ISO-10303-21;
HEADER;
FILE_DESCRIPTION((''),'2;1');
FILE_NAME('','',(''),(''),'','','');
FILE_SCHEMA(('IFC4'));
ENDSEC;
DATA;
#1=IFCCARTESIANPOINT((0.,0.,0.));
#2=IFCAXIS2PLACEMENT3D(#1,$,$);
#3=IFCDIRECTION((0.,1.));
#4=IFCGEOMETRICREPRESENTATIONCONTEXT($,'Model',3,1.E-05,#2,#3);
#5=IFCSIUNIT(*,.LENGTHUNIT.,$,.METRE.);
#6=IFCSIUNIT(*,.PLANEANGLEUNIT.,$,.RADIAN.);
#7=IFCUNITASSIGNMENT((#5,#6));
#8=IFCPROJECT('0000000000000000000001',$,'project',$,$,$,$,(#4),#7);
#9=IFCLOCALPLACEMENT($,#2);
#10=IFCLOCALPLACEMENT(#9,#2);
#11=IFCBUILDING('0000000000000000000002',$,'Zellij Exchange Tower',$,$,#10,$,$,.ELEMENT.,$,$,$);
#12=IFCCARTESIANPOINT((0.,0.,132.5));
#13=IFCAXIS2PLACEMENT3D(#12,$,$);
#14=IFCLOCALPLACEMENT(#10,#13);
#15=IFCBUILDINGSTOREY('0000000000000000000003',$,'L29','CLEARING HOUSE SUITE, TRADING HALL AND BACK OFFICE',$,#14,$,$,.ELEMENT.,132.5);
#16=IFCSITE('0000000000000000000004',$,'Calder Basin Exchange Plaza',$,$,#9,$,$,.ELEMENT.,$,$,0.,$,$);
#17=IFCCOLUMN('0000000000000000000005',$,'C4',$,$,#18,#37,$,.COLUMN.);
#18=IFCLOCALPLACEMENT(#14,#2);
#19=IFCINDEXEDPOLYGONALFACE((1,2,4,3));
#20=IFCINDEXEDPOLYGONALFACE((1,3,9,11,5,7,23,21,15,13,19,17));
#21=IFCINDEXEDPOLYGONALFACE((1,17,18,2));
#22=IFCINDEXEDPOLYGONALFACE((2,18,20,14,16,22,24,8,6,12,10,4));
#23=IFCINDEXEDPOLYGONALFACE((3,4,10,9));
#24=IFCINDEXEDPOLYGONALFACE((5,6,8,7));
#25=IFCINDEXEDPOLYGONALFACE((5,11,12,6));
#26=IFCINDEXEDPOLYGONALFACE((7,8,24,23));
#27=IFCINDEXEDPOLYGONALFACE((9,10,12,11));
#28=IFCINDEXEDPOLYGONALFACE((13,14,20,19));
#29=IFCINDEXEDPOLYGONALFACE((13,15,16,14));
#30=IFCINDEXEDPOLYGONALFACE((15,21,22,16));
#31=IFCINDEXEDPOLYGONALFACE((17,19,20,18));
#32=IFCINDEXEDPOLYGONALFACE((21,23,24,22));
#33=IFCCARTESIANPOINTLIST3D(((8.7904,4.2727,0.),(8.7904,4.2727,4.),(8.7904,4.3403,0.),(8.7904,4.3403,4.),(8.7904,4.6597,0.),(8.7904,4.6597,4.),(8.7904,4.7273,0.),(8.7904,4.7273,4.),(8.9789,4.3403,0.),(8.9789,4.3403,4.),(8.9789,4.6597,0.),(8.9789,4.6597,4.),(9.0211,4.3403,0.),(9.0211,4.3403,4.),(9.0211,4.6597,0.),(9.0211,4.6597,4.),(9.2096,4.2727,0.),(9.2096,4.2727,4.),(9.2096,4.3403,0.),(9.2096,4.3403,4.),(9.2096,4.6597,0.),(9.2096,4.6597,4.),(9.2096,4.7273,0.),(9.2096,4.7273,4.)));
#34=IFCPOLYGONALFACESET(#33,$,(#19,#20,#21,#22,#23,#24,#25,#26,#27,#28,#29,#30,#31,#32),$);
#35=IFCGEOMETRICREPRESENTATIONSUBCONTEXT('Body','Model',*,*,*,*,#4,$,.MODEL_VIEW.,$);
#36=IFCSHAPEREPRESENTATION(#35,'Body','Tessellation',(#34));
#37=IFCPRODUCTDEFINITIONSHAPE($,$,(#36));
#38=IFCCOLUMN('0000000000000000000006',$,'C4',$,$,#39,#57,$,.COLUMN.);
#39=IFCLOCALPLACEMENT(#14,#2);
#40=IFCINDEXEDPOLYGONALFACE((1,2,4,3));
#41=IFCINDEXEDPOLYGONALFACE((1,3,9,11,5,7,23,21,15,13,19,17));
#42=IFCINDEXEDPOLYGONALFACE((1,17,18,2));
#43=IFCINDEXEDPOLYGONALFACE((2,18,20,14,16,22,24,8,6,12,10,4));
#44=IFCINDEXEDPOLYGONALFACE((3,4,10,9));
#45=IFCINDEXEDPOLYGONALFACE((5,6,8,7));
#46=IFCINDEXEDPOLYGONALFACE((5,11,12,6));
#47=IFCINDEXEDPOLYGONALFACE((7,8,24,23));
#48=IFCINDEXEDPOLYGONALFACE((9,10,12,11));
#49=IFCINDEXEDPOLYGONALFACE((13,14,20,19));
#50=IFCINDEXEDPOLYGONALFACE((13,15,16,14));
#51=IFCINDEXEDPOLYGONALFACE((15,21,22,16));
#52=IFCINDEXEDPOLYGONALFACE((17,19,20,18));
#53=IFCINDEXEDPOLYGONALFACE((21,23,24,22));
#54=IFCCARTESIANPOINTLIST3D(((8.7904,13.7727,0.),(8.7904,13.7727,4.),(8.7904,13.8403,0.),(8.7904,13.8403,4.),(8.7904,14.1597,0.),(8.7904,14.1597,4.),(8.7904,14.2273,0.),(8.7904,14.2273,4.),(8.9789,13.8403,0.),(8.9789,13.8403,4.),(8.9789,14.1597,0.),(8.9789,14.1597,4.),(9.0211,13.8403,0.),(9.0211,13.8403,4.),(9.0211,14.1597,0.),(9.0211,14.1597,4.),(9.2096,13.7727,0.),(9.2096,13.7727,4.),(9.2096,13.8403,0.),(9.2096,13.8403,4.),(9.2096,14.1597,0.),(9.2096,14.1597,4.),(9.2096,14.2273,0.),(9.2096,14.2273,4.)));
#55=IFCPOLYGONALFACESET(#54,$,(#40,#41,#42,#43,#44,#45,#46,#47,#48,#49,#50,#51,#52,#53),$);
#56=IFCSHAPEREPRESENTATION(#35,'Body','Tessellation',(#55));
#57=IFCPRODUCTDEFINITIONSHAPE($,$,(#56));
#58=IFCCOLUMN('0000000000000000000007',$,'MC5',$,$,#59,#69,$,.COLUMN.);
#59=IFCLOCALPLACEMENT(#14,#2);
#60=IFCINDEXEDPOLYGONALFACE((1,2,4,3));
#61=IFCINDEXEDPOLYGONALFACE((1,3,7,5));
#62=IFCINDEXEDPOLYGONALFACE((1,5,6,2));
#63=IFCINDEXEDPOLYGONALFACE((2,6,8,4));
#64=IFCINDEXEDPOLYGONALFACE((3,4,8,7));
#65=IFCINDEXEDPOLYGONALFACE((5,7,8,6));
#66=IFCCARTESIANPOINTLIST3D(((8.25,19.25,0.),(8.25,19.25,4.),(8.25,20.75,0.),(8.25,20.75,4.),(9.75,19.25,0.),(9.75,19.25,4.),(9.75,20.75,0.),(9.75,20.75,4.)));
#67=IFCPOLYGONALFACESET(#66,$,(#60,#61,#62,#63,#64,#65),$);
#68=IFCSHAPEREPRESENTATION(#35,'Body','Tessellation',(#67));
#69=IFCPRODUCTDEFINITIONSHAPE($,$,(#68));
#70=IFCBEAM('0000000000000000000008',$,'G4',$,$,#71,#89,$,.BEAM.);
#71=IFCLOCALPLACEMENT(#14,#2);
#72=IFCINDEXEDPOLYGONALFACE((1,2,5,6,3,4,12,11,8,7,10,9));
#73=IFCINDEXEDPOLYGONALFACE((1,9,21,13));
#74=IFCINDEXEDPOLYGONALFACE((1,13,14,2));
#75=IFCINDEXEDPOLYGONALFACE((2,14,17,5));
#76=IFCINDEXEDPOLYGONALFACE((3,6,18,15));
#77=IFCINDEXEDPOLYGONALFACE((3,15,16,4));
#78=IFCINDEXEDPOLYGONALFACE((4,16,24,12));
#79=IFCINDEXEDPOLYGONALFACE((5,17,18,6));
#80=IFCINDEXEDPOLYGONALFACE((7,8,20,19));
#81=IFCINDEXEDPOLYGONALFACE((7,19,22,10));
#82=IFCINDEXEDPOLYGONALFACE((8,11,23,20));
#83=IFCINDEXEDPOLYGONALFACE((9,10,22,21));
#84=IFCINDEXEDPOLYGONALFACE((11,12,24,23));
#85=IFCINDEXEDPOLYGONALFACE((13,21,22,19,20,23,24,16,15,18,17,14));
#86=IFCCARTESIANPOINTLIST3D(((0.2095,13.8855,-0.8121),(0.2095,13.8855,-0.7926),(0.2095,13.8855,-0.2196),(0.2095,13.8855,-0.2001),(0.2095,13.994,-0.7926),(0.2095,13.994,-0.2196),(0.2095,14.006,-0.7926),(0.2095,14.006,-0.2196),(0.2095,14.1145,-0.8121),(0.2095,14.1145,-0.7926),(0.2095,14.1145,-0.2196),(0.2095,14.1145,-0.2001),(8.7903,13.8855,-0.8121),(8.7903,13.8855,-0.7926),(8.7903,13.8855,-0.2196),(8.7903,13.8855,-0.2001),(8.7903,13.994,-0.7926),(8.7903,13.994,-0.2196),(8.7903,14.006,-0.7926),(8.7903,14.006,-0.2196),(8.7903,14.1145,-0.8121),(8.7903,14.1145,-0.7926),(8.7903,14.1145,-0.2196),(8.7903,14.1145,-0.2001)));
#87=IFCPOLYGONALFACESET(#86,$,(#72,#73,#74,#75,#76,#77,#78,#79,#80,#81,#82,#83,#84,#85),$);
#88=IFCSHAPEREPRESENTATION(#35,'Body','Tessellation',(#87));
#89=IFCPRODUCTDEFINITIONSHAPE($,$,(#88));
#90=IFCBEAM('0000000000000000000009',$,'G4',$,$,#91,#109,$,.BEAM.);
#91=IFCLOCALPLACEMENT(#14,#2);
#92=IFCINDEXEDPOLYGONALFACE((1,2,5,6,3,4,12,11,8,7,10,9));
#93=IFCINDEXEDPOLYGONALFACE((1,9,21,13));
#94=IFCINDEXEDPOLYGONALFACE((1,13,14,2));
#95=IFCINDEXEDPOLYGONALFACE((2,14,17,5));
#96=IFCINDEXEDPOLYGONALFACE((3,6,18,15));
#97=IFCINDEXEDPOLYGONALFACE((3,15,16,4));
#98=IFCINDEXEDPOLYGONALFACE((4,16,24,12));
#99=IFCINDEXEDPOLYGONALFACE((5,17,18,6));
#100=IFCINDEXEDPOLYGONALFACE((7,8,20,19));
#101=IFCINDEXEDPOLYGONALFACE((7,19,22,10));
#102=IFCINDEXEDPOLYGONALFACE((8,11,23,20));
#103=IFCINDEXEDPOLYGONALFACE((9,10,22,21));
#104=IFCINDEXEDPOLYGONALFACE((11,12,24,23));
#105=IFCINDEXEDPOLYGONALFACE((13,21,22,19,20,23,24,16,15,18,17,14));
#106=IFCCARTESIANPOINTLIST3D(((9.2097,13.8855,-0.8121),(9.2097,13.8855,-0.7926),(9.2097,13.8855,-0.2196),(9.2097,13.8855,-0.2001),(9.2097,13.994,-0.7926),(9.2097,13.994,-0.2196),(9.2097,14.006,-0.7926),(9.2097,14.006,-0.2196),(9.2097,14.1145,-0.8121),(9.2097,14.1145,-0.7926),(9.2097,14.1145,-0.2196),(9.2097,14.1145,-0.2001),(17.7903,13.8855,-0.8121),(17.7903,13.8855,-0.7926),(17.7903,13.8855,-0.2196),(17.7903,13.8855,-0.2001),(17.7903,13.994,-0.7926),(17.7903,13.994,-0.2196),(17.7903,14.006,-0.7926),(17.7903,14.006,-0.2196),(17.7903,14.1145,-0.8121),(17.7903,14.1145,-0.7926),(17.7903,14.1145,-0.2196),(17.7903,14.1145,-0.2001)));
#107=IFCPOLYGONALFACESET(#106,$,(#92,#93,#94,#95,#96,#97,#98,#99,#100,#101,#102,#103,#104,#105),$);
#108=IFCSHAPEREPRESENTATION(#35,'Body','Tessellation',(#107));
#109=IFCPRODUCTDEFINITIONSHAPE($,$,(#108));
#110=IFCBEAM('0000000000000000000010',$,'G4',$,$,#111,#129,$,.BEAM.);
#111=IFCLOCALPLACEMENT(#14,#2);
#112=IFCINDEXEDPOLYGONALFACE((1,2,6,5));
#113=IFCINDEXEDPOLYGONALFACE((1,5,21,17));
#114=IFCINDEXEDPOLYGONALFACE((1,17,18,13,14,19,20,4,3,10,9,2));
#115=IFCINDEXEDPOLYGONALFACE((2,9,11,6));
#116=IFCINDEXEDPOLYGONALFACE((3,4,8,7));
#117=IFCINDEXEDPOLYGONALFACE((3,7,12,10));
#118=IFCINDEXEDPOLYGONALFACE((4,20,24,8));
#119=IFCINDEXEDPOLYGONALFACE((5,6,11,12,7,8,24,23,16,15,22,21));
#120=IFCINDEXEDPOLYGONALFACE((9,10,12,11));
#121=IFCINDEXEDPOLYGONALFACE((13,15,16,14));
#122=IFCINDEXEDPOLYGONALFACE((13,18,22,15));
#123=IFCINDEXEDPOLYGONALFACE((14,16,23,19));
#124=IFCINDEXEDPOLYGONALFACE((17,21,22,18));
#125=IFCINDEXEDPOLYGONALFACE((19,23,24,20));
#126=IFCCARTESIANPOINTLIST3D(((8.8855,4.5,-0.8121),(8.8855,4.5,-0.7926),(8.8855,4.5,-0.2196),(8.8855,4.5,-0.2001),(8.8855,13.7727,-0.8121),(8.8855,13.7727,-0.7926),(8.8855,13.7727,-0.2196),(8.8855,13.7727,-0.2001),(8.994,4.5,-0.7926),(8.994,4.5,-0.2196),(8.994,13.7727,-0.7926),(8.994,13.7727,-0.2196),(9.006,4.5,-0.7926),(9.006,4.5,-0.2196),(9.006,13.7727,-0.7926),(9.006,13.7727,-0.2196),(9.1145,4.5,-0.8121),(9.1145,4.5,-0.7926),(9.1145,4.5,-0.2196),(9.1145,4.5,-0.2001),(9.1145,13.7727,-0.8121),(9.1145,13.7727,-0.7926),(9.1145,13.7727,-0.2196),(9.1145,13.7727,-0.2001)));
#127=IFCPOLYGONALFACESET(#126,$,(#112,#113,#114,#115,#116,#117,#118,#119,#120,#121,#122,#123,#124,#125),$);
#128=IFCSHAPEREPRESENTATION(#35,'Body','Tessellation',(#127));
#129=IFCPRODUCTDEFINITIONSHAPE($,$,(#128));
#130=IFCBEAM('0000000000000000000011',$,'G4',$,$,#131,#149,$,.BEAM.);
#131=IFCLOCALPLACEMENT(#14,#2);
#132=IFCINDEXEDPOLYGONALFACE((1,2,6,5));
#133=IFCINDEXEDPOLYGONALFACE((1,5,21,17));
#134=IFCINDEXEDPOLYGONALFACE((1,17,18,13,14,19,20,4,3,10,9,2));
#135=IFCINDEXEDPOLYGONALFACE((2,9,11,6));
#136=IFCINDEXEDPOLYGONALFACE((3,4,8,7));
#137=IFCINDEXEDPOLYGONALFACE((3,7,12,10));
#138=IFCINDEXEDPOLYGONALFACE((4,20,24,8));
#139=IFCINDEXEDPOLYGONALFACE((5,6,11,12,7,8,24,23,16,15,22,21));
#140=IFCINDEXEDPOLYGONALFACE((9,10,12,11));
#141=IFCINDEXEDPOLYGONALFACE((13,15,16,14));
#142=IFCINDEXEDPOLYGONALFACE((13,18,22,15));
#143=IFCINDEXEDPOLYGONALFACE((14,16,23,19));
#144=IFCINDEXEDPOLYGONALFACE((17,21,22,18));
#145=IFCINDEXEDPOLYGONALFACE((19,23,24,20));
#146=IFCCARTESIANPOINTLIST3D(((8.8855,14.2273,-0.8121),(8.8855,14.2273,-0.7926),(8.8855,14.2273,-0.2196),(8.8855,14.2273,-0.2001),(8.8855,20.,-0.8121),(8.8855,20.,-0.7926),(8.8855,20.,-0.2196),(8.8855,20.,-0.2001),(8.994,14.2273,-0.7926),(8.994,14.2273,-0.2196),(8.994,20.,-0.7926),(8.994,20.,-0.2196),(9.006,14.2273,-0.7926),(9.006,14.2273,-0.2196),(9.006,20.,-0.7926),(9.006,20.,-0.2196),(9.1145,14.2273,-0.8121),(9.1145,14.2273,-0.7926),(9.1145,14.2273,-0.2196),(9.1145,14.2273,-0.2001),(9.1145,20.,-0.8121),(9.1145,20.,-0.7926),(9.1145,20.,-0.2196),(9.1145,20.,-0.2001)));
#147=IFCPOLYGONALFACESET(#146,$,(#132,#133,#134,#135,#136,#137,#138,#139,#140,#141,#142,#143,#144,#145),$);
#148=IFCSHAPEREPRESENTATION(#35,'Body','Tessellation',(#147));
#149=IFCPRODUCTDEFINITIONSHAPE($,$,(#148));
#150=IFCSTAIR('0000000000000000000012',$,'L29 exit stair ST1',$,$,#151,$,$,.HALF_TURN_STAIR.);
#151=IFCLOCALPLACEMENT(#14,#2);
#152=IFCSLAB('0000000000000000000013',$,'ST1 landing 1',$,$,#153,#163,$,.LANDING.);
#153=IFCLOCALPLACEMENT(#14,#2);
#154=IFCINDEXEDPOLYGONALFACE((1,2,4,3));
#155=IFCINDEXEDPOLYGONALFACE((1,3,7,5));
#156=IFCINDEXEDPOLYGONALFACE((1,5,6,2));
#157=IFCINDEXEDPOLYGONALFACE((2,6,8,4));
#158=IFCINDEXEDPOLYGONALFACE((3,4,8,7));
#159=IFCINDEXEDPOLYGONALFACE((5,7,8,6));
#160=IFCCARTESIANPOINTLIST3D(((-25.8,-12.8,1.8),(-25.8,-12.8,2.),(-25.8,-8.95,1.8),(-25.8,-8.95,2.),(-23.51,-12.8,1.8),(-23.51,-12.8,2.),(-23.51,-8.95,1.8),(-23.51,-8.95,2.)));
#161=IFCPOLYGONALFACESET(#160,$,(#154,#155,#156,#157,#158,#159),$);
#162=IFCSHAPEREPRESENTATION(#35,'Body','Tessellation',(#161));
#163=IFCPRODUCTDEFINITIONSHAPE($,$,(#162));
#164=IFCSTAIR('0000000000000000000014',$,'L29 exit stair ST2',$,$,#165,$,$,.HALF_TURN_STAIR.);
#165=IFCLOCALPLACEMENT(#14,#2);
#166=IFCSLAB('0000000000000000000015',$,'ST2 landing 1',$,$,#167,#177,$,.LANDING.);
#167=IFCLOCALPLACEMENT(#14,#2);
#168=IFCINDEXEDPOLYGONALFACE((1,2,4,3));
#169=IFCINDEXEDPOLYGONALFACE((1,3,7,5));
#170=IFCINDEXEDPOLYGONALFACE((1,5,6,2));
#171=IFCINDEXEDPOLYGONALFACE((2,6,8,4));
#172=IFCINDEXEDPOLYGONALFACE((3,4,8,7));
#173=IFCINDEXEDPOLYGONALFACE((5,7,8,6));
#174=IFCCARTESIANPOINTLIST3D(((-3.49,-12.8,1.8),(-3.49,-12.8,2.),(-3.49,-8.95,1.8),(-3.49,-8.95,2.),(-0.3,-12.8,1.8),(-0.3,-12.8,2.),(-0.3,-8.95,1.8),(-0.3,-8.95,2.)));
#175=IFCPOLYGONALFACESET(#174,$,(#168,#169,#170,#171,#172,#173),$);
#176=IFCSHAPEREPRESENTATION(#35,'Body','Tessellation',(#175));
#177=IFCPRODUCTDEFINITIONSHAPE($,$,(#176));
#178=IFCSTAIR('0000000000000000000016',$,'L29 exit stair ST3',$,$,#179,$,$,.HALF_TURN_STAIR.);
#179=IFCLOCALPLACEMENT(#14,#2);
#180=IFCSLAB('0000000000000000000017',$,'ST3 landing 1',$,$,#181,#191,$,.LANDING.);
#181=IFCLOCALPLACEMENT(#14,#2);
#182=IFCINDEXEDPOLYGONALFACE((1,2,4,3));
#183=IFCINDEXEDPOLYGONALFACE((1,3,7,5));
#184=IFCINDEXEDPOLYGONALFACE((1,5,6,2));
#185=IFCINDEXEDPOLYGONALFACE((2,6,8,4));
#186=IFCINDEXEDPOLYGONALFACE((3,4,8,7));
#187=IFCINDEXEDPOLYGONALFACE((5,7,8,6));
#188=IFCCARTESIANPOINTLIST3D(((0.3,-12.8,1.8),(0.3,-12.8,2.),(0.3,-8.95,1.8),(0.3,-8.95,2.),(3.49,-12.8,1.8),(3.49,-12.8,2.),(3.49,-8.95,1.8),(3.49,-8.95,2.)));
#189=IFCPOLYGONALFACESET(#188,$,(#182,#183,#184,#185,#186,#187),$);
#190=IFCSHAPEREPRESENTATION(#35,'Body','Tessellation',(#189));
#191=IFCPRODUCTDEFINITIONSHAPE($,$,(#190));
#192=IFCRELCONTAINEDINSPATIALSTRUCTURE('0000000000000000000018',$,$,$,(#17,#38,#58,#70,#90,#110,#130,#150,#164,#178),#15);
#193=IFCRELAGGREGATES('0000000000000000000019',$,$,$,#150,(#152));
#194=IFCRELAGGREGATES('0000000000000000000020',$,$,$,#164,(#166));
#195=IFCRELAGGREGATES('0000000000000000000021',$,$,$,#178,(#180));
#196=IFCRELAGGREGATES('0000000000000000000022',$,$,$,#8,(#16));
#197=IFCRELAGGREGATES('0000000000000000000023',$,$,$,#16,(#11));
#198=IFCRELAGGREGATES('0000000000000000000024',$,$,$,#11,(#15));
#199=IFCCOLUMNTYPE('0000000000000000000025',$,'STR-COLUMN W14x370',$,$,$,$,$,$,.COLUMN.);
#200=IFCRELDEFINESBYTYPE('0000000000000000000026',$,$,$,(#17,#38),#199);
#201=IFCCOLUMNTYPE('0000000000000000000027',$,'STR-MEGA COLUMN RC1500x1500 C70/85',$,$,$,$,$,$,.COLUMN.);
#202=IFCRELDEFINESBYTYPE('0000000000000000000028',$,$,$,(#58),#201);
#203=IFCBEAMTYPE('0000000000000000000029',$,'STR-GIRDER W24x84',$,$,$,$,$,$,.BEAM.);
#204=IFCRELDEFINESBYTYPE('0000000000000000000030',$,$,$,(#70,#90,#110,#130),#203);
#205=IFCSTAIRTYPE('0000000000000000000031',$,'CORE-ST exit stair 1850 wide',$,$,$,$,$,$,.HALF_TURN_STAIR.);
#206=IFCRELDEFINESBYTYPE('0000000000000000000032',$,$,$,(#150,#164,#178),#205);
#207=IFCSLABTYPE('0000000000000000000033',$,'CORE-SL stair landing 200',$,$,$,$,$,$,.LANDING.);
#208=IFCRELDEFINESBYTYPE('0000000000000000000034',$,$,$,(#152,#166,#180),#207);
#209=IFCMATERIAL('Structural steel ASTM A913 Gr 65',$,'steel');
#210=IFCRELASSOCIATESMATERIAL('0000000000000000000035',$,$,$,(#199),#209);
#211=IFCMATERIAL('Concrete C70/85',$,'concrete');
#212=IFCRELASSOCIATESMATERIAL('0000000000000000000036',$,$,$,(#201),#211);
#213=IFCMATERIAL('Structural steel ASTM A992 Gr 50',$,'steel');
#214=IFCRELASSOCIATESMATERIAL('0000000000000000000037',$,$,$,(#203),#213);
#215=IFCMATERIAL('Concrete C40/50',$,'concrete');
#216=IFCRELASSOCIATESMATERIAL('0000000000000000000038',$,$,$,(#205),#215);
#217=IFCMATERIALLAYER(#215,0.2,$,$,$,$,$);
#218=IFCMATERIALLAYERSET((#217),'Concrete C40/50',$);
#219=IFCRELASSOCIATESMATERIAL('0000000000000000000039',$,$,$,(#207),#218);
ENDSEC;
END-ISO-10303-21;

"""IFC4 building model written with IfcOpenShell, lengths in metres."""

from ifc_helpers import new_model, si_unit, direction, frame, origin, origin_2d, place, context, subcontext, project, spatial, polyline, rectangle, i_section, outline, extrude, material, layer, layer_set, material_profile, profile_set, type_object, element, aggregate, save


model = new_model("IFC4")

# Units and contexts
model_context = context("Model", 3, precision=1e-05, world=origin(), true_north=direction((0.0, 1.0)))
body_context = subcontext(model_context, "Body", "Model", "MODEL_VIEW")
ifc_project = project(units=[si_unit("LENGTHUNIT", "METRE"), si_unit("PLANEANGLEUNIT", "RADIAN")], contexts=[model_context])

# Site, building, storey
site_placement = place(None, origin())
site = spatial("IfcSite", under=ifc_project, at=site_placement, Name="Calder Basin Exchange Plaza", CompositionType="ELEMENT", RefElevation=0.0)
building_placement = place(site_placement, origin())
building = spatial("IfcBuilding", under=site, at=building_placement, Name="Zellij Exchange Tower", CompositionType="ELEMENT")
storey_placement = place(building_placement, frame((0.0, 0.0, 132.5)))
storey = spatial("IfcBuildingStorey", under=building, at=storey_placement, Name="L29", Description="CLEARING HOUSE SUITE, TRADING HALL AND BACK OFFICE", CompositionType="ELEMENT", Elevation=132.5)

# Columns
ifc_material_1 = material(Name="Structural steel ASTM A913 Gr 65", Category="steel")
ifc_material_profile_1 = material_profile(ifc_material_1, i_section(OverallWidth=0.4192, OverallDepth=0.4546, WebThickness=0.0422, FlangeThickness=0.0676, at=origin_2d()), Name="W14x370")
ifc_profile_set_1 = profile_set([ifc_material_profile_1], Name="Structural steel ASTM A913 Gr 65")
column_type_1 = type_object("IfcColumnType", Name="STR-COLUMN W14x370", PredefinedType="COLUMN", material=ifc_profile_set_1)
for number, where, z_axis, x_axis, name in (
    (1, (9.0, 4.5, 0.0), (0.0, 0.0, 1.0), (1.0, 0.0, 0.0), "C4"),
    (2, (9.0, 14.0, 0.0), (0.0, 0.0, 1.0), (1.0, 0.0, 0.0), "C4"),
):
    element("IfcColumn", number, at=place(storey_placement, frame(where, z_axis=z_axis, x_axis=x_axis)), inside=storey, type_object=column_type_1, Name=name, PredefinedType="COLUMN", context=body_context, shape_type="SweptSolid", body=[
        extrude(i_section(OverallWidth=0.4192, OverallDepth=0.4546, WebThickness=0.0422, FlangeThickness=0.0676, at=origin_2d()), origin(), (0.0, 0.0, 1.0), 4.0),
    ])
ifc_material_2 = material(Name="Concrete C70/85", Category="concrete")
ifc_material_profile_2 = material_profile(ifc_material_2, rectangle(XDim=1.5, YDim=1.5, at=origin_2d()), Name="STR-MEGA COLUMN RC1500x1500 C70/85")
ifc_profile_set_2 = profile_set([ifc_material_profile_2], Name="Concrete C70/85")
column_type_2 = type_object("IfcColumnType", Name="STR-MEGA COLUMN RC1500x1500 C70/85", PredefinedType="COLUMN", material=ifc_profile_set_2)
column_placement = place(storey_placement, frame((9.0, 20.0, 0.0), z_axis=(0.0, 0.0, 1.0), x_axis=(1.0, 0.0, 0.0)))
element("IfcColumn", 3, at=column_placement, inside=storey, type_object=column_type_2, Name="MC5", PredefinedType="COLUMN", context=body_context, shape_type="SweptSolid", body=[
    extrude(rectangle(XDim=1.5, YDim=1.5, at=origin_2d()), origin(), (0.0, 0.0, 1.0), 4.0),
])

# Beams
ifc_material_3 = material(Name="Structural steel ASTM A992 Gr 50", Category="steel")
ifc_material_profile_3 = material_profile(ifc_material_3, i_section(OverallWidth=0.229, OverallDepth=0.6121, WebThickness=0.012, FlangeThickness=0.0195, at=origin_2d()), Name="W24x84")
ifc_profile_set_3 = profile_set([ifc_material_profile_3], Name="Structural steel ASTM A992 Gr 50")
beam_type = type_object("IfcBeamType", Name="STR-GIRDER W24x84", PredefinedType="BEAM", material=ifc_profile_set_3)
beam_1_placement = place(storey_placement, frame((0.2095, 14.0, -0.5061), z_axis=(1.0, 0.0, 0.0), x_axis=(0.0, 1.0, 0.0)))
element("IfcBeam", 4, at=beam_1_placement, inside=storey, type_object=beam_type, Name="G4", PredefinedType="BEAM", context=body_context, shape_type="SweptSolid", body=[
    extrude(i_section(OverallWidth=0.229, OverallDepth=0.6121, WebThickness=0.012, FlangeThickness=0.0195, at=origin_2d()), origin(), (0.0, 0.0, 1.0), 8.5808),
])
beam_2_placement = place(storey_placement, frame((9.2097, 14.0, -0.5061), z_axis=(1.0, 0.0, 0.0), x_axis=(0.0, 1.0, 0.0)))
element("IfcBeam", 5, at=beam_2_placement, inside=storey, type_object=beam_type, Name="G4", PredefinedType="BEAM", context=body_context, shape_type="SweptSolid", body=[
    extrude(i_section(OverallWidth=0.229, OverallDepth=0.6121, WebThickness=0.012, FlangeThickness=0.0195, at=origin_2d()), origin(), (0.0, 0.0, 1.0), 8.5806),
])
beam_3_placement = place(storey_placement, frame((9.0, 4.5, -0.5061), z_axis=(0.0, 1.0, 0.0), x_axis=(-1.0, 0.0, 0.0)))
element("IfcBeam", 6, at=beam_3_placement, inside=storey, type_object=beam_type, Name="G4", PredefinedType="BEAM", context=body_context, shape_type="SweptSolid", body=[
    extrude(i_section(OverallWidth=0.229, OverallDepth=0.6121, WebThickness=0.012, FlangeThickness=0.0195, at=origin_2d()), origin(), (0.0, 0.0, 1.0), 9.2727),
])
beam_4_placement = place(storey_placement, frame((9.0, 14.2273, -0.5061), z_axis=(0.0, 1.0, 0.0), x_axis=(-1.0, 0.0, 0.0)))
element("IfcBeam", 7, at=beam_4_placement, inside=storey, type_object=beam_type, Name="G4", PredefinedType="BEAM", context=body_context, shape_type="SweptSolid", body=[
    extrude(i_section(OverallWidth=0.229, OverallDepth=0.6121, WebThickness=0.012, FlangeThickness=0.0195, at=origin_2d()), origin(), (0.0, 0.0, 1.0), 5.7727),
])

# Stairs, slabs
ifc_material_4 = material(Name="Concrete C40/50", Category="concrete")
stair_type = type_object("IfcStairType", Name="CORE-ST exit stair 1850 wide", PredefinedType="HALF_TURN_STAIR", material=ifc_material_4)
stair_1_placement = place(storey_placement, origin())
stair_1 = element("IfcStair", 8, at=stair_1_placement, inside=storey, type_object=stair_type, Name="L29 exit stair ST1", PredefinedType="HALF_TURN_STAIR")
ifc_layer_1 = layer(ifc_material_4, 0.2)
ifc_layer_set_1 = layer_set([ifc_layer_1], Name="Concrete C40/50")
slab_type = type_object("IfcSlabType", Name="CORE-SL stair landing 200", PredefinedType="LANDING", material=ifc_layer_set_1)
slab_1_placement = place(storey_placement, frame((0.0, 0.0, 1.8)))
slab_1 = element("IfcSlab", 9, at=slab_1_placement, type_object=slab_type, Name="ST1 landing 1", PredefinedType="LANDING", context=body_context, shape_type="SweptSolid", body=[
    extrude(outline(polyline([(-23.51, -8.95), (-25.8, -8.95), (-25.8, -12.8), (-23.51, -12.8), (-23.51, -8.95)])), origin(), (0.0, 0.0, 1.0), 0.2),
])
aggregate(stair_1, [slab_1])
stair_2_placement = place(storey_placement, origin())
stair_2 = element("IfcStair", 10, at=stair_2_placement, inside=storey, type_object=stair_type, Name="L29 exit stair ST2", PredefinedType="HALF_TURN_STAIR")
slab_2_placement = place(storey_placement, frame((0.0, 0.0, 1.8)))
slab_2 = element("IfcSlab", 11, at=slab_2_placement, type_object=slab_type, Name="ST2 landing 1", PredefinedType="LANDING", context=body_context, shape_type="SweptSolid", body=[
    extrude(outline(polyline([(-3.49, -12.8), (-0.3, -12.8), (-0.3, -8.95), (-3.49, -8.95), (-3.49, -12.8)])), origin(), (0.0, 0.0, 1.0), 0.2),
])
aggregate(stair_2, [slab_2])
stair_3_placement = place(storey_placement, origin())
stair_3 = element("IfcStair", 12, at=stair_3_placement, inside=storey, type_object=stair_type, Name="L29 exit stair ST3", PredefinedType="HALF_TURN_STAIR")
slab_3_placement = place(storey_placement, frame((0.0, 0.0, 1.8)))
slab_3 = element("IfcSlab", 13, at=slab_3_placement, type_object=slab_type, Name="ST3 landing 1", PredefinedType="LANDING", context=body_context, shape_type="SweptSolid", body=[
    extrude(outline(polyline([(3.49, -8.95), (0.3, -8.95), (0.3, -12.8), (3.49, -12.8), (3.49, -8.95)])), origin(), (0.0, 0.0, 1.0), 0.2),
])
aggregate(stair_3, [slab_3])

save(model, "model.ifc")
